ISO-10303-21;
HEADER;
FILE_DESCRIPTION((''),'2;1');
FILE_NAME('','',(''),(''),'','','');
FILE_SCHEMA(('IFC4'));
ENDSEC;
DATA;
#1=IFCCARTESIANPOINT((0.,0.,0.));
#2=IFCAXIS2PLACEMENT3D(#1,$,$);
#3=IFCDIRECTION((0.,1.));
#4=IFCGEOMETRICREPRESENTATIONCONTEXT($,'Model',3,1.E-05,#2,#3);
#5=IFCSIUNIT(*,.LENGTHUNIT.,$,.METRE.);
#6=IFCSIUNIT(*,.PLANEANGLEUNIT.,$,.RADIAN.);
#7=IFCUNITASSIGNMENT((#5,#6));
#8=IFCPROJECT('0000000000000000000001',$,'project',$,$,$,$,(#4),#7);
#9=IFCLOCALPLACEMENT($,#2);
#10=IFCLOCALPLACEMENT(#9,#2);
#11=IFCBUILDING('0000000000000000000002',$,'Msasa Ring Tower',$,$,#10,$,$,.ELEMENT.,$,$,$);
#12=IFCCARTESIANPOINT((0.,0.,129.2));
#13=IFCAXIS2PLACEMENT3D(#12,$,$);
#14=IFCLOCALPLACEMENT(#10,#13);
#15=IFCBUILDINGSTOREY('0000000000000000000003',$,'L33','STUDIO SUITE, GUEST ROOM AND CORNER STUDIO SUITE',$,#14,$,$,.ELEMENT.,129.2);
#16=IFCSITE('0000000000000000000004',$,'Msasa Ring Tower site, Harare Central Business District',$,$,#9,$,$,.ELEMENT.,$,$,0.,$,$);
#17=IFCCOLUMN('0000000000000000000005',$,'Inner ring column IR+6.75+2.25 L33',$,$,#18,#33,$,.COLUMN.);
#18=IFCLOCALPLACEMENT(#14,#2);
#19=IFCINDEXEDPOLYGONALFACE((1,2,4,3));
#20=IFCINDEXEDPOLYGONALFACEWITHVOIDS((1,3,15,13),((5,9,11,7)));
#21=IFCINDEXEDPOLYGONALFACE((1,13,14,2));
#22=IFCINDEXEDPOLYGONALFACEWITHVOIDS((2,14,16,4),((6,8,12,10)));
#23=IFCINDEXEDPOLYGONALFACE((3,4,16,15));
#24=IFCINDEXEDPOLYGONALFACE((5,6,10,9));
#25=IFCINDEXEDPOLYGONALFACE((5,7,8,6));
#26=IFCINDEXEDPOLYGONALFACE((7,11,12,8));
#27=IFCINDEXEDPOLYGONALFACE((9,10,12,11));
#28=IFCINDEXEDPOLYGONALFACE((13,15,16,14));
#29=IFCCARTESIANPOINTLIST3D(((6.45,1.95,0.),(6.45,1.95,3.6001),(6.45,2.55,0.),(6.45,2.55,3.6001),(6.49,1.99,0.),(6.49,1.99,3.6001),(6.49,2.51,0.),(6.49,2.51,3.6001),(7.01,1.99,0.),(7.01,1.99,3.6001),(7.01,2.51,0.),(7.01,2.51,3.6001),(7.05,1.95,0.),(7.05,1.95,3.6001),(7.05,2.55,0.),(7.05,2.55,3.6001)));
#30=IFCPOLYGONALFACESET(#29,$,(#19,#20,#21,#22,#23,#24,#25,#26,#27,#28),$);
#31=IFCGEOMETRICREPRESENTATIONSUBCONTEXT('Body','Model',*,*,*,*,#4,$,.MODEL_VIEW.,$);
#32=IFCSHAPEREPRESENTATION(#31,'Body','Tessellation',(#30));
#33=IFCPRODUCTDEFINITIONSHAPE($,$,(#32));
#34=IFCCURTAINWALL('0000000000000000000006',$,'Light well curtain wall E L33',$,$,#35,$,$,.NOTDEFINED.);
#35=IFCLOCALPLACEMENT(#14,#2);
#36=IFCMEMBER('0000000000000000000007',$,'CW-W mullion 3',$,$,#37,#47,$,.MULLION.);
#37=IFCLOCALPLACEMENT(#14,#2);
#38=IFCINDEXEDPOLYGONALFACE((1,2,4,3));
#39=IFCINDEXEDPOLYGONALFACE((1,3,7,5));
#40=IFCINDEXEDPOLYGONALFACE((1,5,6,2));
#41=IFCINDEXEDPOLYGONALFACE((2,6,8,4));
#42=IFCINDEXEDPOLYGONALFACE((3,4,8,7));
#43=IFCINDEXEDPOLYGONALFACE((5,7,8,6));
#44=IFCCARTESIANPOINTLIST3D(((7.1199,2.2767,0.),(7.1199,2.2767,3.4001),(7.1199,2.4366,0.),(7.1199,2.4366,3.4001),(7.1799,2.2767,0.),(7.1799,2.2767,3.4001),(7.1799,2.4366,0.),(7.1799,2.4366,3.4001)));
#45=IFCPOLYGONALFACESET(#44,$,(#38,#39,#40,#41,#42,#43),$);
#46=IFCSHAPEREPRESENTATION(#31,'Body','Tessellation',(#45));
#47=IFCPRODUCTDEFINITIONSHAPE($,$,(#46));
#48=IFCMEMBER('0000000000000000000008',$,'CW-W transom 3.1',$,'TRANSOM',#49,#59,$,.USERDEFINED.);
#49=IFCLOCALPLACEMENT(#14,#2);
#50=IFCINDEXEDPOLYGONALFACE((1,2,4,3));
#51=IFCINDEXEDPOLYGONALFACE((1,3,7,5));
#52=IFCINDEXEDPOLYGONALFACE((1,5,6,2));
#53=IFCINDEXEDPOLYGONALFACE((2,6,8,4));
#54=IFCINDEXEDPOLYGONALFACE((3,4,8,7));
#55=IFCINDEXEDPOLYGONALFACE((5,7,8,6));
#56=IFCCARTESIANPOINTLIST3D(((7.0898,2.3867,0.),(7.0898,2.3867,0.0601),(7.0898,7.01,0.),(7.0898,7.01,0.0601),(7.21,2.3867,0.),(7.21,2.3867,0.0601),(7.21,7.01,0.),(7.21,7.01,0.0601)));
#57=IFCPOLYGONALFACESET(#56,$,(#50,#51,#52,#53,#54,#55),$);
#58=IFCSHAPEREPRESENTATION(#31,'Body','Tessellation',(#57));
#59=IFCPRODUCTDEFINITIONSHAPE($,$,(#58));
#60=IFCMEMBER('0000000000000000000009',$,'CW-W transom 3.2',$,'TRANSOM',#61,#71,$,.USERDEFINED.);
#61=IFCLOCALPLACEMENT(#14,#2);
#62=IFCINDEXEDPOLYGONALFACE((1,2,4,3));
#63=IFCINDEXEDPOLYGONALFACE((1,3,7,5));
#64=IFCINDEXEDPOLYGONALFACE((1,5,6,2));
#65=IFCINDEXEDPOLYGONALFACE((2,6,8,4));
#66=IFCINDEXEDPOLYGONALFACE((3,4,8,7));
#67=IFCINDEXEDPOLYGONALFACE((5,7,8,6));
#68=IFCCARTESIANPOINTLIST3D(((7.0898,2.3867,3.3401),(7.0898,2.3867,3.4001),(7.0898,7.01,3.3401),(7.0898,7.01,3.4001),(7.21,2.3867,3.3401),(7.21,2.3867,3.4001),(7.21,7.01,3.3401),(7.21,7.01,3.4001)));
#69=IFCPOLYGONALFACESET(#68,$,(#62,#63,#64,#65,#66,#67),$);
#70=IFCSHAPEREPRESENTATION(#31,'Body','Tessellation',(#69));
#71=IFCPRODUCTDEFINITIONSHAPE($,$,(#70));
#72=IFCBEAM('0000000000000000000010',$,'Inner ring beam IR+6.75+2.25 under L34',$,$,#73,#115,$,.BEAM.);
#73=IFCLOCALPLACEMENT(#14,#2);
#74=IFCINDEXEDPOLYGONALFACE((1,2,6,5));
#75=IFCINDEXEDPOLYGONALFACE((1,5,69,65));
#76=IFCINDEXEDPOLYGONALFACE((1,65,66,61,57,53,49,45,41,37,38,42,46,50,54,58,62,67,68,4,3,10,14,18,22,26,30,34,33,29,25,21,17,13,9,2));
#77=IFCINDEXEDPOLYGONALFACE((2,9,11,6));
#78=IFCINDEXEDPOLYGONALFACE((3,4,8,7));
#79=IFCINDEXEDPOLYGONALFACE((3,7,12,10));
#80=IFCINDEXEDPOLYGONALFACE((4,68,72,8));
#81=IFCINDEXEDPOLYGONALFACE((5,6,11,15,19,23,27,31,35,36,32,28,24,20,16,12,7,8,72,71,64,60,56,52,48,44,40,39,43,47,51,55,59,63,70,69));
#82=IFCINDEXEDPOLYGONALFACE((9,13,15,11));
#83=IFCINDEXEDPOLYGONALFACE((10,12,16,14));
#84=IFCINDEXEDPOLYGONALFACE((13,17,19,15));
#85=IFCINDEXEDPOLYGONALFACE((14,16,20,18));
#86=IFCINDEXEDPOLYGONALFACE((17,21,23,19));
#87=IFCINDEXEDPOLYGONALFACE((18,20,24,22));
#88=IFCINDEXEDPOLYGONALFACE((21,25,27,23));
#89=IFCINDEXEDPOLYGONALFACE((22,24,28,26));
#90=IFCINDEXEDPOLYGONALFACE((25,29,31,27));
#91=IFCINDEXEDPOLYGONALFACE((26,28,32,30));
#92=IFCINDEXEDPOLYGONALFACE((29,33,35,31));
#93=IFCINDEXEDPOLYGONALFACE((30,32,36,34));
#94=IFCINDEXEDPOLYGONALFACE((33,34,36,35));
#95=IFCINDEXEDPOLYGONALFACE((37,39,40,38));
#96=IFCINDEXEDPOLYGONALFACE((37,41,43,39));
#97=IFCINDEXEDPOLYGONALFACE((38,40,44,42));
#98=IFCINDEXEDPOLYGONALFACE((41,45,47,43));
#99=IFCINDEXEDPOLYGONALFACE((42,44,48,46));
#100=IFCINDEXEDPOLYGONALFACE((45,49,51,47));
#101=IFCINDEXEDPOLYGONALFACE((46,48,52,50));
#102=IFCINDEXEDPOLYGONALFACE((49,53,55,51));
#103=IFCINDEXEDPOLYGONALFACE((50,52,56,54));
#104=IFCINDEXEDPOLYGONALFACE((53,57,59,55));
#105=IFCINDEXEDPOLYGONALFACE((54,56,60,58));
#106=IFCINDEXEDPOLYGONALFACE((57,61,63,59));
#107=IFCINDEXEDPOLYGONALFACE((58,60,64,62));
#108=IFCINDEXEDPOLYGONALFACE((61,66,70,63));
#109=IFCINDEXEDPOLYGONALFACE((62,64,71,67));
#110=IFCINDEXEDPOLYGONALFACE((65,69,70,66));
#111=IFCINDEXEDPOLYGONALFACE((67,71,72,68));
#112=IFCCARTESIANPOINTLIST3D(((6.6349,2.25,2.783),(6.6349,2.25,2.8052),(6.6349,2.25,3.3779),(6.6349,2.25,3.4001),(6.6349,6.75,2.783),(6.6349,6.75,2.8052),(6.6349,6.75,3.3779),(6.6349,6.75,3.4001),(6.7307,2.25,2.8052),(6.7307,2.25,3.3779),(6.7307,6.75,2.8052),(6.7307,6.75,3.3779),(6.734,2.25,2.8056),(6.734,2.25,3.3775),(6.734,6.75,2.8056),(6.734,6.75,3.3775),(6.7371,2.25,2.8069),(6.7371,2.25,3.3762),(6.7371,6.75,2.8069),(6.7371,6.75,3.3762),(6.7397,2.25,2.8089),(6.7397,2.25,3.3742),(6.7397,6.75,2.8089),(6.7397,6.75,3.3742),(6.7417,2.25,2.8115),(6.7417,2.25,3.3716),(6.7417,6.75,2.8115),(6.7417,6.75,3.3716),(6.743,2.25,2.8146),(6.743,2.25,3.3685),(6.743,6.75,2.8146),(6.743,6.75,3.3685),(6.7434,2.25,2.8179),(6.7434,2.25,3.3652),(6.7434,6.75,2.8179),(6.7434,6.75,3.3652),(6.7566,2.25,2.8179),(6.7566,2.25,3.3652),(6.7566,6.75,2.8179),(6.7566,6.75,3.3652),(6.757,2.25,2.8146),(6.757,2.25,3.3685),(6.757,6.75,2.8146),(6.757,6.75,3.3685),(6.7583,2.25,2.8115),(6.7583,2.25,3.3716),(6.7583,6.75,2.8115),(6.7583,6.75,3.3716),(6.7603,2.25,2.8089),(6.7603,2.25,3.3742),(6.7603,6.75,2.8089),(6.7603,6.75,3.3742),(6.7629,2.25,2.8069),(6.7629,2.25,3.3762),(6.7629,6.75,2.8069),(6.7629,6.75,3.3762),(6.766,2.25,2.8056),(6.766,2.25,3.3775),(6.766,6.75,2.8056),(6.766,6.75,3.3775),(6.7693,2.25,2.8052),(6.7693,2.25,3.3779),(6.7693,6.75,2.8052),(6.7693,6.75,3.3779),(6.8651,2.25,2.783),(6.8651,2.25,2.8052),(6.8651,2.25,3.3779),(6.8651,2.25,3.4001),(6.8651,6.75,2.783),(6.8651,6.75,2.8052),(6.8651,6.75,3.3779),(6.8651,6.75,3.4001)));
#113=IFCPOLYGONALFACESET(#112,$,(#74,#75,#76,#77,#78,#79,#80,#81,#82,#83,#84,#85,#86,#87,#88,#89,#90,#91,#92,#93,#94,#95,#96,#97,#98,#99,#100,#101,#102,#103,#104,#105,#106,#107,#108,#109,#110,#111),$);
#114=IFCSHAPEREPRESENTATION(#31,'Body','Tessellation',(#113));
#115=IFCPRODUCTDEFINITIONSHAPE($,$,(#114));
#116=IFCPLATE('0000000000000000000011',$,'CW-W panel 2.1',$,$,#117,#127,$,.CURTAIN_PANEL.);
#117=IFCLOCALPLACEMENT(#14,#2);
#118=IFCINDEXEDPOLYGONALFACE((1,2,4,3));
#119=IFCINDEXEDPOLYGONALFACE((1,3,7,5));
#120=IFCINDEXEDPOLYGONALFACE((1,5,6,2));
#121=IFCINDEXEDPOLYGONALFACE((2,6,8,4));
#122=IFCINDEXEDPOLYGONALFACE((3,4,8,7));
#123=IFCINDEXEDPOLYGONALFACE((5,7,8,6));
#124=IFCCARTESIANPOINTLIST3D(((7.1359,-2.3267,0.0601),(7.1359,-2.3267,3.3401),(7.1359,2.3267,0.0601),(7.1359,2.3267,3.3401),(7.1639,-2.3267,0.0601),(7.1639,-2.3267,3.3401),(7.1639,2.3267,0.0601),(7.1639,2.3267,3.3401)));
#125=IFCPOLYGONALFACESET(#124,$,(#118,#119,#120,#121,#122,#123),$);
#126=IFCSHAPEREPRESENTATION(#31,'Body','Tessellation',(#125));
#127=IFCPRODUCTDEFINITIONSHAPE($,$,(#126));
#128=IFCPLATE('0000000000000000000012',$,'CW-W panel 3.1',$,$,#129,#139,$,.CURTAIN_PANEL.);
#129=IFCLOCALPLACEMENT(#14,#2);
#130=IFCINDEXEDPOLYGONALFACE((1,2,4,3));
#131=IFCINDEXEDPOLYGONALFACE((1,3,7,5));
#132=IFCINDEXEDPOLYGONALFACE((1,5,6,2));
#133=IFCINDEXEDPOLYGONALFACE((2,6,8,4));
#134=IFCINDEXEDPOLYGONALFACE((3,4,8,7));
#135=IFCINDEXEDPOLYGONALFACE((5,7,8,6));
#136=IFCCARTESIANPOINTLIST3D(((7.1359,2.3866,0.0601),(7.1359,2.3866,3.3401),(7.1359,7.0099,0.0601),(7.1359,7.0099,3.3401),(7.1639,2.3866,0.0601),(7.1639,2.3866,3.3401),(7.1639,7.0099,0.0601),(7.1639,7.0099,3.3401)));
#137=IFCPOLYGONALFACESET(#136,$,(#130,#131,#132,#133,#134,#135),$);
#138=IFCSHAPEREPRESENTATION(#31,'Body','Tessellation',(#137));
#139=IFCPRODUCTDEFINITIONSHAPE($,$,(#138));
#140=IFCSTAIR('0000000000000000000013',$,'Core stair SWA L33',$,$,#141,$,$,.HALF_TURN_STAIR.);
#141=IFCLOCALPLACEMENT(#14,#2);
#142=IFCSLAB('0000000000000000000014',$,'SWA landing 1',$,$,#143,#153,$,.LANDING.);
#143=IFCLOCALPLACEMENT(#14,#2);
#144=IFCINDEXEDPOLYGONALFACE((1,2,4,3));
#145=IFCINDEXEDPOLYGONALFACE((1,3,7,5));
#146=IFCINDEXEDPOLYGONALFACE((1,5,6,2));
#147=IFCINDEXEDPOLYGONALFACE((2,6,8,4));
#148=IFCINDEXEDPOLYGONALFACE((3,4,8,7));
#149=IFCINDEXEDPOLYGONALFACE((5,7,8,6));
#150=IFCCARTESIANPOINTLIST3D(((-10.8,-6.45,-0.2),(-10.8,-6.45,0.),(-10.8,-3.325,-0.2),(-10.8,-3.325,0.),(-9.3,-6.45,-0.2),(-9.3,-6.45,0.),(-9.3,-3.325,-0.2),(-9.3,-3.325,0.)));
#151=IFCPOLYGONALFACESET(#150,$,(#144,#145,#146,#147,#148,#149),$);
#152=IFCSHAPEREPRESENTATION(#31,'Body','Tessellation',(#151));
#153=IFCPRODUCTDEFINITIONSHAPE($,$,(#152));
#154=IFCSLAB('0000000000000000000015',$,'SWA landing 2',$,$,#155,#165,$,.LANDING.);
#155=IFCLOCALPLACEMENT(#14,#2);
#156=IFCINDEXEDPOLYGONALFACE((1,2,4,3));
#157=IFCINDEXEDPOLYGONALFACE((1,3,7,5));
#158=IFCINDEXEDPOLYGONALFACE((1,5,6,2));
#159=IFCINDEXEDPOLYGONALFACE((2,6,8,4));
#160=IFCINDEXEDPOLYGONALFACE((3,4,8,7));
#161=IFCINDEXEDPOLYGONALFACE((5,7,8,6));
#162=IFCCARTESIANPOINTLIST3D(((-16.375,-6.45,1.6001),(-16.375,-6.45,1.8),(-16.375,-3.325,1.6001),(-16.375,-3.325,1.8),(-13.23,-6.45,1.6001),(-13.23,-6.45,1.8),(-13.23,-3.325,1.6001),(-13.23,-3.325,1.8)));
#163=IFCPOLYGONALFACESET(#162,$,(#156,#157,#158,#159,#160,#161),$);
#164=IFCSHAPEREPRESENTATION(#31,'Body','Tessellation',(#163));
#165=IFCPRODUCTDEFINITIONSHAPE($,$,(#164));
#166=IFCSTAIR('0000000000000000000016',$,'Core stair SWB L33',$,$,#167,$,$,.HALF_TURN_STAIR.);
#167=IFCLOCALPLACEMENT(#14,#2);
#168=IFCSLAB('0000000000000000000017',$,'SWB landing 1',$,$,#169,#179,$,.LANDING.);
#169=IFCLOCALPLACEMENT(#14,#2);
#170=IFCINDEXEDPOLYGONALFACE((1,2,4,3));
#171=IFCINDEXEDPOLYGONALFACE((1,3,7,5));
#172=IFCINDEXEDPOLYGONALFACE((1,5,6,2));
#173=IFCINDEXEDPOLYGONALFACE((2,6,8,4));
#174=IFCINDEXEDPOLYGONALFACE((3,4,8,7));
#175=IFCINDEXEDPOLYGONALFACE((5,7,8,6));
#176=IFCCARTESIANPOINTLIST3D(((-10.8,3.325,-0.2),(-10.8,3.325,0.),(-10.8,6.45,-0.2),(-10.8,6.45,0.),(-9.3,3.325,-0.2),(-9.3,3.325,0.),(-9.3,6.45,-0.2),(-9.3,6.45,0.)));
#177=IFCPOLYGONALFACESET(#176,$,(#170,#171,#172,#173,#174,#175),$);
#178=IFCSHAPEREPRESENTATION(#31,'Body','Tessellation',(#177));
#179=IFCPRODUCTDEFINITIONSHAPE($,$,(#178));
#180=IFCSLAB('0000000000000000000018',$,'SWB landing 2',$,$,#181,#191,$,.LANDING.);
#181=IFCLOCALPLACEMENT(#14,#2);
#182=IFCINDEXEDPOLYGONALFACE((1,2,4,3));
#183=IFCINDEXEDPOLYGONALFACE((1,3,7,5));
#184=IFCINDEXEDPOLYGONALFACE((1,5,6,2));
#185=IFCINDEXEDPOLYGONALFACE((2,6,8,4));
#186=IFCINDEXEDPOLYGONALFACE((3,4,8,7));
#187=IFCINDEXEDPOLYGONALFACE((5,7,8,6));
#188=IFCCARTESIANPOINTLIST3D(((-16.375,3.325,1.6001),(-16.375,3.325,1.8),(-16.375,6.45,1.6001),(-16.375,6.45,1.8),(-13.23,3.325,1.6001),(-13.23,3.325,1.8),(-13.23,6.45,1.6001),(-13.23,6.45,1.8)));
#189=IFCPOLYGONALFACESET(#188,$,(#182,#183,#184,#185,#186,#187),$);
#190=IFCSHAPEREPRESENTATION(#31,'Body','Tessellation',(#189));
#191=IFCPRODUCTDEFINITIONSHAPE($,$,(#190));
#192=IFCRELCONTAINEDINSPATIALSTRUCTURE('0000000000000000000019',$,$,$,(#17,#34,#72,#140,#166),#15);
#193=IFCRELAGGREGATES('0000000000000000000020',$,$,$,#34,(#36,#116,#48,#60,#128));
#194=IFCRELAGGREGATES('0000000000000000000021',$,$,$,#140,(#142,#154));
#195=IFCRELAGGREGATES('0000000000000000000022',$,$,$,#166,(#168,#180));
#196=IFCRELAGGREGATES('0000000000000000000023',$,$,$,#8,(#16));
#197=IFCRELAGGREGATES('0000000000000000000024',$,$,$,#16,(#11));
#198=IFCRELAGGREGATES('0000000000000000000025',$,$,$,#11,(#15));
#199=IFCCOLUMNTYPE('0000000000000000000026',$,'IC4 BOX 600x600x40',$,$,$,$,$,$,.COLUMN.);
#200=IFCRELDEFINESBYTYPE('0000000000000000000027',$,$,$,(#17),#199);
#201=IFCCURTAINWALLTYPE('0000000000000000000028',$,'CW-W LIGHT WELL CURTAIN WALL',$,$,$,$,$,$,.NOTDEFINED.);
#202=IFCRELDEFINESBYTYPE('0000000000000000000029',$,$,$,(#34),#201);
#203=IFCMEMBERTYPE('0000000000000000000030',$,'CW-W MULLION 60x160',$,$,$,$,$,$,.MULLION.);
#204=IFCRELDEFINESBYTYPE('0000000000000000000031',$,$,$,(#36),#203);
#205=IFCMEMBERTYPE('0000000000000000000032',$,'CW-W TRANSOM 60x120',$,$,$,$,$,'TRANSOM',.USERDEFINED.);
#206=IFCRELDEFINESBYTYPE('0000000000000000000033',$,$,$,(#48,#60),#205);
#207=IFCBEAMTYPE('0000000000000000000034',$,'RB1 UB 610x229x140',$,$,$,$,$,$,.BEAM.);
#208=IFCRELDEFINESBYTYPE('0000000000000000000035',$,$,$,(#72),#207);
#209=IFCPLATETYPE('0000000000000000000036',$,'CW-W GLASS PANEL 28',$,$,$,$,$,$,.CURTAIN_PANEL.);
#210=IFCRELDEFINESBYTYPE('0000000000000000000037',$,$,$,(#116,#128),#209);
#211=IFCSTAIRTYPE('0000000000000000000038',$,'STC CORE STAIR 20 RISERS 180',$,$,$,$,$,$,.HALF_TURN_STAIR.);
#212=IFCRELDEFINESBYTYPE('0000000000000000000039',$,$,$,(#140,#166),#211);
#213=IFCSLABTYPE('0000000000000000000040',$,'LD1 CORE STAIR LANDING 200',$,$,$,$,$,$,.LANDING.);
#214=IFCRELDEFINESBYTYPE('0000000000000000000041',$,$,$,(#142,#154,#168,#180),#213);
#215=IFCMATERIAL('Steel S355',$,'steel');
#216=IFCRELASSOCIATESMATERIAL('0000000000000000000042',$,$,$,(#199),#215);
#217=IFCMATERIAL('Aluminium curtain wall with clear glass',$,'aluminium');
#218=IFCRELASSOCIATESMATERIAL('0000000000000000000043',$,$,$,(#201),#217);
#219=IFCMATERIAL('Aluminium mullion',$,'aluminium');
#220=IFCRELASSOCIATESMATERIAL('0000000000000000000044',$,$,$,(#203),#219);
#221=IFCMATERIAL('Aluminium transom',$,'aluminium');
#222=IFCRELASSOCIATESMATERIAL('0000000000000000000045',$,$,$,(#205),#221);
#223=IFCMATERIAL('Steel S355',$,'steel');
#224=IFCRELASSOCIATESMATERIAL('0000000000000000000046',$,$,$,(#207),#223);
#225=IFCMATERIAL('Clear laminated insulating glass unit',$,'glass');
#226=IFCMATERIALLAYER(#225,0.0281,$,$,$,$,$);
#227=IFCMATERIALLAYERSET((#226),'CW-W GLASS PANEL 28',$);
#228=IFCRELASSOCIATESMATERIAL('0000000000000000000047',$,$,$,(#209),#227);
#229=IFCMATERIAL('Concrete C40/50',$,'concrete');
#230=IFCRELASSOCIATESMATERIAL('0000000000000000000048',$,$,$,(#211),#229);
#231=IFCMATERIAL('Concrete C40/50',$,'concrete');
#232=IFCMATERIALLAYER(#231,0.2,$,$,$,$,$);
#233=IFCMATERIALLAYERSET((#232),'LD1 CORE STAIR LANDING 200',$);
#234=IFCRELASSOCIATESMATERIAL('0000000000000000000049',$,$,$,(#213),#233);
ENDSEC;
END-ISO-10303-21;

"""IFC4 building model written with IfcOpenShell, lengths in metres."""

from ifc_helpers import new_model, si_unit, direction, frame, origin, origin_2d, place, context, subcontext, project, spatial, polyline, rectangle, hollow_rectangle, i_section, outline, extrude, material, layer, layer_set, material_profile, profile_set, type_object, element, aggregate, save


model = new_model("IFC4")

# Units and contexts
model_context = context("Model", 3, precision=1e-05, world=origin(), true_north=direction((0.0, 1.0)))
body_context = subcontext(model_context, "Body", "Model", "MODEL_VIEW")
ifc_project = project(units=[si_unit("LENGTHUNIT", "METRE"), si_unit("PLANEANGLEUNIT", "RADIAN")], contexts=[model_context])

# Site, building, storey
site_placement = place(None, origin())
site = spatial("IfcSite", under=ifc_project, at=site_placement, Name="Msasa Ring Tower site, Harare Central Business District", CompositionType="ELEMENT", RefElevation=0.0)
building_placement = place(site_placement, origin())
building = spatial("IfcBuilding", under=site, at=building_placement, Name="Msasa Ring Tower", CompositionType="ELEMENT")
storey_placement = place(building_placement, frame((0.0, 0.0, 129.2)))
storey = spatial("IfcBuildingStorey", under=building, at=storey_placement, Name="L33", Description="STUDIO SUITE, GUEST ROOM AND CORNER STUDIO SUITE", CompositionType="ELEMENT", Elevation=129.2)

# Column
ifc_material_1 = material(Name="Steel S355", Category="steel")
ifc_material_profile_1 = material_profile(ifc_material_1, hollow_rectangle(XDim=0.6001, YDim=0.6001, WallThickness=0.04, at=origin_2d()), Name="BOX 600x600x40")
ifc_profile_set_1 = profile_set([ifc_material_profile_1], Name="Steel S355")
column_type = type_object("IfcColumnType", Name="IC4 BOX 600x600x40", PredefinedType="COLUMN", material=ifc_profile_set_1)
column_placement = place(storey_placement, frame((6.75, 2.25, 0.0), z_axis=(0.0, 0.0, 1.0), x_axis=(1.0, 0.0, 0.0)))
element("IfcColumn", 1, at=column_placement, inside=storey, type_object=column_type, Name="Inner ring column IR+6.75+2.25 L33", PredefinedType="COLUMN", context=body_context, shape_type="SweptSolid", body=[
    extrude(hollow_rectangle(XDim=0.6001, YDim=0.6001, WallThickness=0.04, at=origin_2d()), origin(), (0.0, 0.0, 1.0), 3.6001),
])

# Curtain wall, members
ifc_material_2 = material(Name="Aluminium curtain wall with clear glass", Category="aluminium")
curtain_wall_type = type_object("IfcCurtainWallType", Name="CW-W LIGHT WELL CURTAIN WALL", PredefinedType="NOTDEFINED", material=ifc_material_2)
curtain_wall_placement = place(storey_placement, origin())
curtain_wall = element("IfcCurtainWall", 2, at=curtain_wall_placement, inside=storey, type_object=curtain_wall_type, Name="Light well curtain wall E L33", PredefinedType="NOTDEFINED")
ifc_material_3 = material(Name="Aluminium mullion", Category="aluminium")
ifc_material_profile_2 = material_profile(ifc_material_3, rectangle(XDim=0.0601, YDim=0.1599, at=origin_2d()), Name="AL 60x160")
ifc_profile_set_2 = profile_set([ifc_material_profile_2], Name="Aluminium mullion")
member_type_1 = type_object("IfcMemberType", Name="CW-W MULLION 60x160", PredefinedType="MULLION", material=ifc_profile_set_2)
member_1_placement = place(storey_placement, frame((7.1499, 2.3567, 0.0), z_axis=(0.0, 0.0, 1.0), x_axis=(-1.0, 0.0, 0.0)))
member_1 = element("IfcMember", 3, at=member_1_placement, type_object=member_type_1, Name="CW-W mullion 3", PredefinedType="MULLION", context=body_context, shape_type="SweptSolid", body=[
    extrude(rectangle(XDim=0.0601, YDim=0.1599, at=origin_2d()), origin(), (0.0, 0.0, 1.0), 3.4001),
])
ifc_material_4 = material(Name="Aluminium transom", Category="aluminium")
ifc_material_profile_3 = material_profile(ifc_material_4, rectangle(XDim=0.1201, YDim=0.0601, at=origin_2d()), Name="AL 60x120")
ifc_profile_set_3 = profile_set([ifc_material_profile_3], Name="Aluminium transom")
member_type_2 = type_object("IfcMemberType", Name="CW-W TRANSOM 60x120", ElementType="TRANSOM", PredefinedType="USERDEFINED", material=ifc_profile_set_3)
member_2_placement = place(storey_placement, frame((7.1499, 2.3867, 0.03), z_axis=(0.0, 1.0, 0.0), x_axis=(-1.0, 0.0, 0.0)))
member_2 = element("IfcMember", 4, at=member_2_placement, type_object=member_type_2, Name="CW-W transom 3.1", ObjectType="TRANSOM", PredefinedType="USERDEFINED", context=body_context, shape_type="SweptSolid", body=[
    extrude(rectangle(XDim=0.1201, YDim=0.0601, at=origin_2d()), origin(), (0.0, 0.0, 1.0), 4.6233),
])
member_3_placement = place(storey_placement, frame((7.1499, 2.3867, 3.3701), z_axis=(0.0, 1.0, 0.0), x_axis=(-1.0, 0.0, 0.0)))
member_3 = element("IfcMember", 5, at=member_3_placement, type_object=member_type_2, Name="CW-W transom 3.2", ObjectType="TRANSOM", PredefinedType="USERDEFINED", context=body_context, shape_type="SweptSolid", body=[
    extrude(rectangle(XDim=0.1201, YDim=0.0601, at=origin_2d()), origin(), (0.0, 0.0, 1.0), 4.6233),
])

# Beam
ifc_material_5 = material(Name="Steel S355", Category="steel")
ifc_material_profile_4 = material_profile(ifc_material_5, i_section(OverallWidth=0.2302, OverallDepth=0.6172, WebThickness=0.0132, FlangeThickness=0.0222, FilletRadius=0.0127, at=origin_2d()), Name="UB 610x229x140")
ifc_profile_set_4 = profile_set([ifc_material_profile_4], Name="Steel S355")
beam_type = type_object("IfcBeamType", Name="RB1 UB 610x229x140", PredefinedType="BEAM", material=ifc_profile_set_4)
beam_placement = place(storey_placement, frame((6.75, 2.25, 3.0916), z_axis=(0.0, 1.0, 0.0), x_axis=(-1.0, 0.0, 0.0)))
element("IfcBeam", 6, at=beam_placement, inside=storey, type_object=beam_type, Name="Inner ring beam IR+6.75+2.25 under L34", PredefinedType="BEAM", context=body_context, shape_type="SweptSolid", body=[
    extrude(i_section(OverallWidth=0.2302, OverallDepth=0.6172, WebThickness=0.0132, FlangeThickness=0.0222, FilletRadius=0.0127, at=origin_2d()), origin(), (0.0, 0.0, 1.0), 4.5),
])

# Plates
ifc_material_6 = material(Name="Clear laminated insulating glass unit", Category="glass")
ifc_layer_1 = layer(ifc_material_6, 0.0281)
ifc_layer_set_1 = layer_set([ifc_layer_1], Name="CW-W GLASS PANEL 28")
plate_type = type_object("IfcPlateType", Name="CW-W GLASS PANEL 28", PredefinedType="CURTAIN_PANEL", material=ifc_layer_set_1)
plate_1_placement = place(storey_placement, frame((7.1499, 0.0, 0.0601), z_axis=(0.0, 0.0, 1.0), x_axis=(0.0, 1.0, 0.0)))
plate_1 = element("IfcPlate", 7, at=plate_1_placement, type_object=plate_type, Name="CW-W panel 2.1", PredefinedType="CURTAIN_PANEL", context=body_context, shape_type="SweptSolid", body=[
    extrude(rectangle(XDim=4.6533, YDim=0.0281, at=origin_2d()), origin(), (0.0, 0.0, 1.0), 3.28),
])
plate_2_placement = place(storey_placement, frame((7.1499, 4.6982, 0.0601), z_axis=(0.0, 0.0, 1.0), x_axis=(0.0, 1.0, 0.0)))
plate_2 = element("IfcPlate", 8, at=plate_2_placement, type_object=plate_type, Name="CW-W panel 3.1", PredefinedType="CURTAIN_PANEL", context=body_context, shape_type="SweptSolid", body=[
    extrude(rectangle(XDim=4.6233, YDim=0.0281, at=origin_2d()), origin(), (0.0, 0.0, 1.0), 3.28),
])
aggregate(curtain_wall, [member_1, plate_1, member_2, member_3, plate_2])

# Stairs, slabs
ifc_material_7 = material(Name="Concrete C40/50", Category="concrete")
stair_type = type_object("IfcStairType", Name="STC CORE STAIR 20 RISERS 180", PredefinedType="HALF_TURN_STAIR", material=ifc_material_7)
stair_1_placement = place(storey_placement, origin())
stair_1 = element("IfcStair", 9, at=stair_1_placement, inside=storey, type_object=stair_type, Name="Core stair SWA L33", PredefinedType="HALF_TURN_STAIR")
ifc_material_8 = material(Name="Concrete C40/50", Category="concrete")
ifc_layer_2 = layer(ifc_material_8, 0.2)
ifc_layer_set_2 = layer_set([ifc_layer_2], Name="LD1 CORE STAIR LANDING 200")
slab_type = type_object("IfcSlabType", Name="LD1 CORE STAIR LANDING 200", PredefinedType="LANDING", material=ifc_layer_set_2)
slab_1_placement = place(storey_placement, frame((0.0, 0.0, -0.2)))
slab_1 = element("IfcSlab", 10, at=slab_1_placement, type_object=slab_type, Name="SWA landing 1", PredefinedType="LANDING", context=body_context, shape_type="SweptSolid", body=[
    extrude(outline(polyline([(-10.8, -6.45), (-9.3, -6.45), (-9.3, -3.325), (-10.8, -3.325), (-10.8, -6.45)])), origin(), (0.0, 0.0, 1.0), 0.2),
])
slab_2_placement = place(storey_placement, frame((0.0, 0.0, 1.6001)))
slab_2 = element("IfcSlab", 11, at=slab_2_placement, type_object=slab_type, Name="SWA landing 2", PredefinedType="LANDING", context=body_context, shape_type="SweptSolid", body=[
    extrude(outline(polyline([(-16.375, -6.45), (-13.23, -6.45), (-13.23, -3.325), (-16.375, -3.325), (-16.375, -6.45)])), origin(), (0.0, 0.0, 1.0), 0.2),
])
aggregate(stair_1, [slab_1, slab_2])
stair_2_placement = place(storey_placement, origin())
stair_2 = element("IfcStair", 12, at=stair_2_placement, inside=storey, type_object=stair_type, Name="Core stair SWB L33", PredefinedType="HALF_TURN_STAIR")
slab_3_placement = place(storey_placement, frame((0.0, 0.0, -0.2)))
slab_3 = element("IfcSlab", 13, at=slab_3_placement, type_object=slab_type, Name="SWB landing 1", PredefinedType="LANDING", context=body_context, shape_type="SweptSolid", body=[
    extrude(outline(polyline([(-10.8, 3.325), (-9.3, 3.325), (-9.3, 6.45), (-10.8, 6.45), (-10.8, 3.325)])), origin(), (0.0, 0.0, 1.0), 0.2),
])
slab_4_placement = place(storey_placement, frame((0.0, 0.0, 1.6001)))
slab_4 = element("IfcSlab", 14, at=slab_4_placement, type_object=slab_type, Name="SWB landing 2", PredefinedType="LANDING", context=body_context, shape_type="SweptSolid", body=[
    extrude(outline(polyline([(-16.375, 3.325), (-13.23, 3.325), (-13.23, 6.45), (-16.375, 6.45), (-16.375, 3.325)])), origin(), (0.0, 0.0, 1.0), 0.2),
])
aggregate(stair_2, [slab_3, slab_4])

save(model, "model.ifc")
